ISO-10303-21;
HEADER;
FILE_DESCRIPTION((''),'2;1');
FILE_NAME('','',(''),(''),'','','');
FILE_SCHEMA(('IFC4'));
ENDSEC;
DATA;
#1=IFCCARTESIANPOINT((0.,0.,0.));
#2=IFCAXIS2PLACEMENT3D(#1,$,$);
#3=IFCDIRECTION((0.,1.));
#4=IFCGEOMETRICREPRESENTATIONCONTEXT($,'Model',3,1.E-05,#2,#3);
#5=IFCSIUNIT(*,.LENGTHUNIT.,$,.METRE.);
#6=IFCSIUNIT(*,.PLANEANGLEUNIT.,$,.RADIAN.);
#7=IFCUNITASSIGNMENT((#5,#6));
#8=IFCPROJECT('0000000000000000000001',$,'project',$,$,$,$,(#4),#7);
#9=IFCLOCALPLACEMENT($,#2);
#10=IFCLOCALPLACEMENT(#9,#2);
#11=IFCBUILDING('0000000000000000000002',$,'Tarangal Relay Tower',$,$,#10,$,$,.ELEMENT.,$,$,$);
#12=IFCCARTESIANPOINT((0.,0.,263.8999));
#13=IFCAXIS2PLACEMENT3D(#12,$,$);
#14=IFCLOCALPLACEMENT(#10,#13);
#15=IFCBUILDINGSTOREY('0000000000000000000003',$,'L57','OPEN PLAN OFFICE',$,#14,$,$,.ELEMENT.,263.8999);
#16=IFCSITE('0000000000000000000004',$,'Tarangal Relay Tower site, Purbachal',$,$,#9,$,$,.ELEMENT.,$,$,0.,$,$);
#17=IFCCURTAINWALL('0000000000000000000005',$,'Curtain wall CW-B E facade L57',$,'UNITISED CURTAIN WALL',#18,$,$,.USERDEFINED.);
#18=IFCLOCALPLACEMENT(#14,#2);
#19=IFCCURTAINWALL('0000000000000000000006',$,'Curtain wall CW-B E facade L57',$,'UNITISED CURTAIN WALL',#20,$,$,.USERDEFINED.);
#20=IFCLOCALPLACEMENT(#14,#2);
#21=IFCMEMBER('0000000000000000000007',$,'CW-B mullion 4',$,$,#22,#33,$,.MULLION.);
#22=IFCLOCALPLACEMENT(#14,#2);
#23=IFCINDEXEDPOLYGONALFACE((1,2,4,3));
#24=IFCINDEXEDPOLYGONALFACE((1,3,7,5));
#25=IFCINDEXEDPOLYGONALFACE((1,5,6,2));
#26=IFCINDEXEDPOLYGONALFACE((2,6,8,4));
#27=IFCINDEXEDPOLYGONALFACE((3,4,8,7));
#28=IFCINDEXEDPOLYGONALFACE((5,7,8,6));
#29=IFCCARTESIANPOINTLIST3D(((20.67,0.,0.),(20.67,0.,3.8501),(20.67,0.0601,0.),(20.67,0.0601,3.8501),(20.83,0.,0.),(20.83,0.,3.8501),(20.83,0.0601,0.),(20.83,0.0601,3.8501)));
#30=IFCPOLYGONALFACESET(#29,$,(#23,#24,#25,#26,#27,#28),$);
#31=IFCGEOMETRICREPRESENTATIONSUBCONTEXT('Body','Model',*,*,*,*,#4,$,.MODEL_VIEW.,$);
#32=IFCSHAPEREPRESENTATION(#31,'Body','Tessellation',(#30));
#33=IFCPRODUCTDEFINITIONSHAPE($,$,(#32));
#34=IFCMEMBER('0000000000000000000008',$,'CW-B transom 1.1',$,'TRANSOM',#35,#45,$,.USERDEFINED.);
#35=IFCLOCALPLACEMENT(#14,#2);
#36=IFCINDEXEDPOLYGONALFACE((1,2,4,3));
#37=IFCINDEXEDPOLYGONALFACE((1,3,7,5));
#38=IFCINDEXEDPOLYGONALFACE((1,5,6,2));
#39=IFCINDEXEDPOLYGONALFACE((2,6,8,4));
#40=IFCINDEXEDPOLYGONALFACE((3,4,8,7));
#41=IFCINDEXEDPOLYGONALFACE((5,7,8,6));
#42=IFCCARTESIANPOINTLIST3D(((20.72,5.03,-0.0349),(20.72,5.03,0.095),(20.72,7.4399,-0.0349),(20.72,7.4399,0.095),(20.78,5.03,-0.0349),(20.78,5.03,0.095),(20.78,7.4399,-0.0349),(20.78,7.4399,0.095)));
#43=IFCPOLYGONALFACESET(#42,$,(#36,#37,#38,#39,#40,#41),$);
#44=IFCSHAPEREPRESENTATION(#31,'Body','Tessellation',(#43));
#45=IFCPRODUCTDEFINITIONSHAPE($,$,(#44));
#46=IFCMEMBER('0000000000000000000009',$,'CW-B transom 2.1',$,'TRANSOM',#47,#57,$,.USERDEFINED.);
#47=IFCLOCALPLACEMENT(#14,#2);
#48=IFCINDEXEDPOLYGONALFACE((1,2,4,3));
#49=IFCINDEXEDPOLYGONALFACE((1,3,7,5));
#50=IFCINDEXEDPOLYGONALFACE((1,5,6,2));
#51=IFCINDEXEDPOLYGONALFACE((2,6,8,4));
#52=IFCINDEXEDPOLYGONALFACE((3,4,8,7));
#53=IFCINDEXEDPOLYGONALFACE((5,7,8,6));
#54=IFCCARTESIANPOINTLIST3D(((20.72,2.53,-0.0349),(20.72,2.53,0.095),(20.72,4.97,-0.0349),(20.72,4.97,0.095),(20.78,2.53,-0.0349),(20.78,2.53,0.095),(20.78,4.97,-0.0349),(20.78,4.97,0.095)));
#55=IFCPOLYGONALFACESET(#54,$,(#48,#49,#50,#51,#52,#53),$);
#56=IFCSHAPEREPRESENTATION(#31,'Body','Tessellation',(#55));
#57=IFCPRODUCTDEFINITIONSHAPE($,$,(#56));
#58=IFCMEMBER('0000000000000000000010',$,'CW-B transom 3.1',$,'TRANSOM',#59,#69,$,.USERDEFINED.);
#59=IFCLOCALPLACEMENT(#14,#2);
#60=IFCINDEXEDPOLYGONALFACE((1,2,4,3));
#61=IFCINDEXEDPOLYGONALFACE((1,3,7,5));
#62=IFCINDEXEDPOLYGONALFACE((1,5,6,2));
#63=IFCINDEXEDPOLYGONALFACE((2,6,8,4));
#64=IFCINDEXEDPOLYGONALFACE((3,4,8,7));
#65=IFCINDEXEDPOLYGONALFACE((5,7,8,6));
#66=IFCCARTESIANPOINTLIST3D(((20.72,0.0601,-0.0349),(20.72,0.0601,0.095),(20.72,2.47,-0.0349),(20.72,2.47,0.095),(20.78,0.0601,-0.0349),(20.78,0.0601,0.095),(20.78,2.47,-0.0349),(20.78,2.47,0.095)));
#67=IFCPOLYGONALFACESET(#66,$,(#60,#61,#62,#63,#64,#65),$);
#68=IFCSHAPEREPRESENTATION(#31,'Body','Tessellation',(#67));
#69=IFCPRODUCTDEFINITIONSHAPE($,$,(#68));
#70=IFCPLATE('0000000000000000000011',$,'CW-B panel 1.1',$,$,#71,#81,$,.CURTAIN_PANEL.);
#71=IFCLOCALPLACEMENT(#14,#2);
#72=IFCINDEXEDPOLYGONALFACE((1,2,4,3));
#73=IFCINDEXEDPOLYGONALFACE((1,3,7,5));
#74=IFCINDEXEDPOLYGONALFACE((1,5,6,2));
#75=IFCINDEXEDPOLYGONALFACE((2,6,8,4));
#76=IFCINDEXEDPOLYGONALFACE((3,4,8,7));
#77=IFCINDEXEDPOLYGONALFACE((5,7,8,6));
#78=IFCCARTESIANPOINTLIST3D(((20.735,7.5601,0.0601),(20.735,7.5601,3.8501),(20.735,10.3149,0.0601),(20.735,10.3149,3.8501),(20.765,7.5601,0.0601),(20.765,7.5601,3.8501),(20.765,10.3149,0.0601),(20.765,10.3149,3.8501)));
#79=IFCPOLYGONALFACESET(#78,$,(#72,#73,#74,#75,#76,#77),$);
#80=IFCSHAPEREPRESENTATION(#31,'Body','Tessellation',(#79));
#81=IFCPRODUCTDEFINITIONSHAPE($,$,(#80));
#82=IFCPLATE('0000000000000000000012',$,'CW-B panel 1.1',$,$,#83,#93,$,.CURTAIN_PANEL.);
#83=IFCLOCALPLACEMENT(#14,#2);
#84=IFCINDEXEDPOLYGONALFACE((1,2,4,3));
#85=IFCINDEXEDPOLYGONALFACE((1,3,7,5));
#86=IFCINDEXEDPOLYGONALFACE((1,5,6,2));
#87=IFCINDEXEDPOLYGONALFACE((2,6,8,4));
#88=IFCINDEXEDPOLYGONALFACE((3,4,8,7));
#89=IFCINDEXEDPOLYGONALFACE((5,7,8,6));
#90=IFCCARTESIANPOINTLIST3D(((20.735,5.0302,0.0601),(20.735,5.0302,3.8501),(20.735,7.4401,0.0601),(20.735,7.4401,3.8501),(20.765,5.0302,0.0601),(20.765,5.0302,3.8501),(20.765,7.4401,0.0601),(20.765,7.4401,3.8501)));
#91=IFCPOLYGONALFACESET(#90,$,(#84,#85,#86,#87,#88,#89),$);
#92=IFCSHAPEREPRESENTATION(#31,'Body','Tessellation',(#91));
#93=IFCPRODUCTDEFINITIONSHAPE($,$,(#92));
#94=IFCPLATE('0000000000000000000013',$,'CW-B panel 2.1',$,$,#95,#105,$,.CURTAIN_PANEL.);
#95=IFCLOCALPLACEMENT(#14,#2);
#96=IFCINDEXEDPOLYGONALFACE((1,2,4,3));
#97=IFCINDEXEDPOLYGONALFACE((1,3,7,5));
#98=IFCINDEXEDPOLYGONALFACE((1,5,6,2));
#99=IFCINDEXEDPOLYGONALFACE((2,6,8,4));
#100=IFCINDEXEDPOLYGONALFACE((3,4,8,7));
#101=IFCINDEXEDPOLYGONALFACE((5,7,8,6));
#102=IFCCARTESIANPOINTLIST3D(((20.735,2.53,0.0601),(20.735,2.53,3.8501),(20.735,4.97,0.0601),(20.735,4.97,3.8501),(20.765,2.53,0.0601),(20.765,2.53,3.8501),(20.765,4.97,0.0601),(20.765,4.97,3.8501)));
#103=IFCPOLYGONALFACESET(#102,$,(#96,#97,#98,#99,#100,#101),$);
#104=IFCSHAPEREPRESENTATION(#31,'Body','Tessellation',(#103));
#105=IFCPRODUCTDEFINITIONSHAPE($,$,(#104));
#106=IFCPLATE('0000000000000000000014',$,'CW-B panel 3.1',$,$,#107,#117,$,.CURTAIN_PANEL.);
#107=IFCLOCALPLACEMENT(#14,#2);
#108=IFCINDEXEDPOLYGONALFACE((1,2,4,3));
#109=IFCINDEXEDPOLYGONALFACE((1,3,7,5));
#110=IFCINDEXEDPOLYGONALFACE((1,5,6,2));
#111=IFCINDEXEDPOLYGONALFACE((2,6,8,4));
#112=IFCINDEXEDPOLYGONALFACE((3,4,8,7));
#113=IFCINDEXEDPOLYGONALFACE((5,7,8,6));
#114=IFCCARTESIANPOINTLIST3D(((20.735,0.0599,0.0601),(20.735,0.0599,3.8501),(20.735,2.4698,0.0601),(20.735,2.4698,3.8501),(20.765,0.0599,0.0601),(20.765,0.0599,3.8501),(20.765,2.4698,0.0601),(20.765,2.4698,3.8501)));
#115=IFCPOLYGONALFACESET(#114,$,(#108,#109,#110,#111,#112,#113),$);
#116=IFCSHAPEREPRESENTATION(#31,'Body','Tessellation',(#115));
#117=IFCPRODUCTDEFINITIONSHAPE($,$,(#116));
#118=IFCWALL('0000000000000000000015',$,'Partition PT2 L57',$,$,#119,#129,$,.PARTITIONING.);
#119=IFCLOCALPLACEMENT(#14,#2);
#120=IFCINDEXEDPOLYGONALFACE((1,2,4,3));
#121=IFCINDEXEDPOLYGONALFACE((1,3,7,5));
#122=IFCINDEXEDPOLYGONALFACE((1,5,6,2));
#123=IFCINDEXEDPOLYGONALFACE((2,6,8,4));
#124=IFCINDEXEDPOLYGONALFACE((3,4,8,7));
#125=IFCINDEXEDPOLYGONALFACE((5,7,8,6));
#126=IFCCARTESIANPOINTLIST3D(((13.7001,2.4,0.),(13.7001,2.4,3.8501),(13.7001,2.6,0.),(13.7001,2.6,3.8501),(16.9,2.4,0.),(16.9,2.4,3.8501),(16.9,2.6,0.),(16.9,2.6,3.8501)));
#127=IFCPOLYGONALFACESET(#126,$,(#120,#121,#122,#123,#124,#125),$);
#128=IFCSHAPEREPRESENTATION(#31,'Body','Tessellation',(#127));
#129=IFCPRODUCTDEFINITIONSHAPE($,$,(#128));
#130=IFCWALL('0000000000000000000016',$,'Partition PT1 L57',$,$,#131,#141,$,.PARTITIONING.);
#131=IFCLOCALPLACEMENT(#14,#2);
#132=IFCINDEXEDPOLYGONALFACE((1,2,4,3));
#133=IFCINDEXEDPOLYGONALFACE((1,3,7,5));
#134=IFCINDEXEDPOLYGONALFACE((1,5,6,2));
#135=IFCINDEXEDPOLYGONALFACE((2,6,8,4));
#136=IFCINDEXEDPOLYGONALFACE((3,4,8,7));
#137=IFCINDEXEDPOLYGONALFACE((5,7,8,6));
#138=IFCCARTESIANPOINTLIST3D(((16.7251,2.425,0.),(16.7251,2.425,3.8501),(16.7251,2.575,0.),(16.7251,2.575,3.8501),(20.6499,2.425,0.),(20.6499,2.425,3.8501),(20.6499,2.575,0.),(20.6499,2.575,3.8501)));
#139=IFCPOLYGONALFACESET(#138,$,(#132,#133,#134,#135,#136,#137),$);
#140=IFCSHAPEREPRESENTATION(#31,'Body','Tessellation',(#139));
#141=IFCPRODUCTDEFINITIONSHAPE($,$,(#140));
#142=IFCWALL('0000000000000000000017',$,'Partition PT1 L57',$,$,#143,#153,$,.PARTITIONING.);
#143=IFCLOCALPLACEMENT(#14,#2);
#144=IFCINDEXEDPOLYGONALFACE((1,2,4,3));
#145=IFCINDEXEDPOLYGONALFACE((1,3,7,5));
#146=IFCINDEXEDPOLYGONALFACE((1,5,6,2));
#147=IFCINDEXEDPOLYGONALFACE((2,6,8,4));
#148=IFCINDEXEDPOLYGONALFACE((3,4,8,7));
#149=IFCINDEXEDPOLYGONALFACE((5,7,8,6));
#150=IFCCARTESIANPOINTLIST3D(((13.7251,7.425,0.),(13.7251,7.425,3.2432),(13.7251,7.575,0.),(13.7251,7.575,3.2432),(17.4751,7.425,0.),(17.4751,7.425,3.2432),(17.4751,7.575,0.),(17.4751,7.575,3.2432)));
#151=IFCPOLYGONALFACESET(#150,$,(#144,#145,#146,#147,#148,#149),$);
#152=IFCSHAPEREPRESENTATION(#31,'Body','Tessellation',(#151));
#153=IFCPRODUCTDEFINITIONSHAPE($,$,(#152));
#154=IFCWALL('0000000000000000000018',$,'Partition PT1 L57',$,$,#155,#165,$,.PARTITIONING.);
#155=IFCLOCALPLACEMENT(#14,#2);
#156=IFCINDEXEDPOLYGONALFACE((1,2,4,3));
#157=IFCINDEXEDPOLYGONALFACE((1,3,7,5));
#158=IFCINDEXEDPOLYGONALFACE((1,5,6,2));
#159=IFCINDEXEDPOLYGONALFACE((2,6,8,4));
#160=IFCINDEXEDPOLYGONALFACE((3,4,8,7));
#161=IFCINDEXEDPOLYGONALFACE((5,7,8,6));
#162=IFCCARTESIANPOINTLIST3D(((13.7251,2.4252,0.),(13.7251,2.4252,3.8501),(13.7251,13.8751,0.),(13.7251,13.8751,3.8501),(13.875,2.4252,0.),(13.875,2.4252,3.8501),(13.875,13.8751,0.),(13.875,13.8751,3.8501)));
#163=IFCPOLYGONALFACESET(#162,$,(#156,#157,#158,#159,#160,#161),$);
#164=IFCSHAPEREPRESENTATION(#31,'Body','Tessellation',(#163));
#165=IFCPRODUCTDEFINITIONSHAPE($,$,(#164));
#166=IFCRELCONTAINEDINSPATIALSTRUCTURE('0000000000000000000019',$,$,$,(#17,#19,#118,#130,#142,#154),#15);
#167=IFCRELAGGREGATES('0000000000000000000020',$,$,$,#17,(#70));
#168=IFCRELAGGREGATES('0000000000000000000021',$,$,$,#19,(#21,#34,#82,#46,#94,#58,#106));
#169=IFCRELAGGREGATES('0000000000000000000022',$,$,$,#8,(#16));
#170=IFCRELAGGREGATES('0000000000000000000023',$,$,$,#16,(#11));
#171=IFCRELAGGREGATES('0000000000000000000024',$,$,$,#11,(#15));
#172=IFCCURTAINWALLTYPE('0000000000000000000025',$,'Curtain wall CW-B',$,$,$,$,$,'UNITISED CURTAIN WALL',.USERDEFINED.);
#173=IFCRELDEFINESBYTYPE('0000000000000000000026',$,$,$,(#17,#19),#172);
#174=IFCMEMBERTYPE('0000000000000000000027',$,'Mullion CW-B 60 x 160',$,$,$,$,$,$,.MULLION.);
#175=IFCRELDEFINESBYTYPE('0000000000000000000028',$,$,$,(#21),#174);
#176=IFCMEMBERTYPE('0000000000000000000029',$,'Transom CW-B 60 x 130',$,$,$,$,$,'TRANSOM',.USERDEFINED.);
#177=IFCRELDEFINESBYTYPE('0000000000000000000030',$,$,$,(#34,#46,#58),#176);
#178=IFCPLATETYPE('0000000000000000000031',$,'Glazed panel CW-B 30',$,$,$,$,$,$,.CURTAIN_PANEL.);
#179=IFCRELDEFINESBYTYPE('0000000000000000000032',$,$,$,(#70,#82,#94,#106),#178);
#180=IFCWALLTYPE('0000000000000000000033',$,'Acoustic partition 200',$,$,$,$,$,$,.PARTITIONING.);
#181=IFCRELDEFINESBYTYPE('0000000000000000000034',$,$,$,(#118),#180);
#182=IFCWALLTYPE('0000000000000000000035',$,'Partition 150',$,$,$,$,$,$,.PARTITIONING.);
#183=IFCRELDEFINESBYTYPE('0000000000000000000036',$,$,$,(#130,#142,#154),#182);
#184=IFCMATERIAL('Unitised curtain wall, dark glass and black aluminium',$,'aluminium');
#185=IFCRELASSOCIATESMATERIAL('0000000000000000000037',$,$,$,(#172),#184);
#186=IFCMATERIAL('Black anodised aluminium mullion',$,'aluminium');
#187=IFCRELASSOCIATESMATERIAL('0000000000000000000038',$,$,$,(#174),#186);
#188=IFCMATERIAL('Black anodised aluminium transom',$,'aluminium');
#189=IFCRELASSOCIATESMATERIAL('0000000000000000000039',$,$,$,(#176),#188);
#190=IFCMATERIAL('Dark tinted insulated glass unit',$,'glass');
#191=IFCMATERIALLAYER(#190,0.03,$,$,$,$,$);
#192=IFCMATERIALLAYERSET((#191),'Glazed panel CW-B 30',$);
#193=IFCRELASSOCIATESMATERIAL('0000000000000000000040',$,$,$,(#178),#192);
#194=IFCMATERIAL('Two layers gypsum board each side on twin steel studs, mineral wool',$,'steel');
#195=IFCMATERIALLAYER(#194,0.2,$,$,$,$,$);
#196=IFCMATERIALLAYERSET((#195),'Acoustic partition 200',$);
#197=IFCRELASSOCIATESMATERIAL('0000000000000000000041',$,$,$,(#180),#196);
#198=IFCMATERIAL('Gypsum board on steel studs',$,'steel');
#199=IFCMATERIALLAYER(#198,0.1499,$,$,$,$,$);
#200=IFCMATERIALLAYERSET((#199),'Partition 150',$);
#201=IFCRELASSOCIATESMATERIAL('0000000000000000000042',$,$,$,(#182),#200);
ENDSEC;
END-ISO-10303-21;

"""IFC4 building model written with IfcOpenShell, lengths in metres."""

from ifc_helpers import new_model, si_unit, direction, frame, frame_2d, origin, origin_2d, place, context, subcontext, project, spatial, rectangle, extrude, material, layer, layer_set, material_profile, profile_set, type_object, element, aggregate, save


model = new_model("IFC4")

# Units and contexts
model_context = context("Model", 3, precision=1e-05, world=origin(), true_north=direction((0.0, 1.0)))
body_context = subcontext(model_context, "Body", "Model", "MODEL_VIEW")
ifc_project = project(units=[si_unit("LENGTHUNIT", "METRE"), si_unit("PLANEANGLEUNIT", "RADIAN")], contexts=[model_context])

# Site, building, storey
site_placement = place(None, origin())
site = spatial("IfcSite", under=ifc_project, at=site_placement, Name="Tarangal Relay Tower site, Purbachal", CompositionType="ELEMENT", RefElevation=0.0)
building_placement = place(site_placement, origin())
building = spatial("IfcBuilding", under=site, at=building_placement, Name="Tarangal Relay Tower", CompositionType="ELEMENT")
storey_placement = place(building_placement, frame((0.0, 0.0, 263.8999)))
storey = spatial("IfcBuildingStorey", under=building, at=storey_placement, Name="L57", Description="OPEN PLAN OFFICE", CompositionType="ELEMENT", Elevation=263.8999)

# Curtain wall
ifc_material_1 = material(Name="Unitised curtain wall, dark glass and black aluminium", Category="aluminium")
curtain_wall_type = type_object("IfcCurtainWallType", Name="Curtain wall CW-B", ElementType="UNITISED CURTAIN WALL", PredefinedType="USERDEFINED", material=ifc_material_1)
curtain_wall_1_placement = place(storey_placement, origin())
curtain_wall_1 = element("IfcCurtainWall", 1, at=curtain_wall_1_placement, inside=storey, type_object=curtain_wall_type, Name="Curtain wall CW-B E facade L57", ObjectType="UNITISED CURTAIN WALL", PredefinedType="USERDEFINED")
ifc_material_2 = material(Name="Black anodised aluminium mullion", Category="aluminium")
ifc_material_profile_1 = material_profile(ifc_material_2, rectangle(XDim=0.1599, YDim=0.0601, at=origin_2d()), Name="CW-BM 60X160")
ifc_profile_set_1 = profile_set([ifc_material_profile_1], Name="Black anodised aluminium mullion")
member_type_1 = type_object("IfcMemberType", Name="Mullion CW-B 60 x 160", PredefinedType="MULLION", material=ifc_profile_set_1)

# Curtain wall, members
curtain_wall_2_placement = place(storey_placement, origin())
curtain_wall_2 = element("IfcCurtainWall", 2, at=curtain_wall_2_placement, inside=storey, type_object=curtain_wall_type, Name="Curtain wall CW-B E facade L57", ObjectType="UNITISED CURTAIN WALL", PredefinedType="USERDEFINED")
member_1_placement = place(storey_placement, frame((20.75, 0.03, 0.0), z_axis=(0.0, 0.0, 1.0), x_axis=(1.0, 0.0, 0.0)))
member_1 = element("IfcMember", 3, at=member_1_placement, type_object=member_type_1, Name="CW-B mullion 4", PredefinedType="MULLION", context=body_context, shape_type="SweptSolid", body=[
    extrude(rectangle(XDim=0.1599, YDim=0.0601, at=origin_2d()), origin(), (0.0, 0.0, 1.0), 3.8501),
])
ifc_material_3 = material(Name="Black anodised aluminium transom", Category="aluminium")
ifc_material_profile_2 = material_profile(ifc_material_3, rectangle(XDim=0.0601, YDim=0.1299, at=origin_2d()), Name="CW-BT 60X130")
ifc_profile_set_2 = profile_set([ifc_material_profile_2], Name="Black anodised aluminium transom")
member_type_2 = type_object("IfcMemberType", Name="Transom CW-B 60 x 130", ElementType="TRANSOM", PredefinedType="USERDEFINED", material=ifc_profile_set_2)
member_2_placement = place(storey_placement, frame((20.75, 7.4399, 0.03), z_axis=(0.0, -1.0, 0.0), x_axis=(1.0, 0.0, 0.0)))
member_2 = element("IfcMember", 4, at=member_2_placement, type_object=member_type_2, Name="CW-B transom 1.1", ObjectType="TRANSOM", PredefinedType="USERDEFINED", context=body_context, shape_type="SweptSolid", body=[
    extrude(rectangle(XDim=0.0601, YDim=0.1299, at=origin_2d()), origin(), (0.0, 0.0, 1.0), 2.4099),
])
member_3_placement = place(storey_placement, frame((20.75, 4.97, 0.03), z_axis=(0.0, -1.0, 0.0), x_axis=(1.0, 0.0, 0.0)))
member_3 = element("IfcMember", 5, at=member_3_placement, type_object=member_type_2, Name="CW-B transom 2.1", ObjectType="TRANSOM", PredefinedType="USERDEFINED", context=body_context, shape_type="SweptSolid", body=[
    extrude(rectangle(XDim=0.0601, YDim=0.1299, at=origin_2d()), origin(), (0.0, 0.0, 1.0), 2.4399),
])
member_4_placement = place(storey_placement, frame((20.75, 2.47, 0.03), z_axis=(0.0, -1.0, 0.0), x_axis=(1.0, 0.0, 0.0)))
member_4 = element("IfcMember", 6, at=member_4_placement, type_object=member_type_2, Name="CW-B transom 3.1", ObjectType="TRANSOM", PredefinedType="USERDEFINED", context=body_context, shape_type="SweptSolid", body=[
    extrude(rectangle(XDim=0.0601, YDim=0.1299, at=origin_2d()), origin(), (0.0, 0.0, 1.0), 2.4099),
])

# Plates
ifc_material_4 = material(Name="Dark tinted insulated glass unit", Category="glass")
ifc_layer_1 = layer(ifc_material_4, 0.03)
ifc_layer_set_1 = layer_set([ifc_layer_1], Name="Glazed panel CW-B 30")
plate_type = type_object("IfcPlateType", Name="Glazed panel CW-B 30", PredefinedType="CURTAIN_PANEL", material=ifc_layer_set_1)
plate_1_placement = place(storey_placement, frame((20.75, 8.9375, 0.0601), z_axis=(0.0, 0.0, 1.0), x_axis=(0.0, -1.0, 0.0)))
plate_1 = element("IfcPlate", 7, at=plate_1_placement, type_object=plate_type, Name="CW-B panel 1.1", PredefinedType="CURTAIN_PANEL", context=body_context, shape_type="SweptSolid", body=[
    extrude(rectangle(XDim=2.7549, YDim=0.03, at=origin_2d()), origin(), (0.0, 0.0, 1.0), 3.79),
])
aggregate(curtain_wall_1, [plate_1])
plate_2_placement = place(storey_placement, frame((20.75, 6.2351, 0.0601), z_axis=(0.0, 0.0, 1.0), x_axis=(0.0, -1.0, 0.0)))
plate_2 = element("IfcPlate", 8, at=plate_2_placement, type_object=plate_type, Name="CW-B panel 1.1", PredefinedType="CURTAIN_PANEL", context=body_context, shape_type="SweptSolid", body=[
    extrude(rectangle(XDim=2.4099, YDim=0.03, at=origin_2d()), origin(), (0.0, 0.0, 1.0), 3.79),
])
plate_3_placement = place(storey_placement, frame((20.75, 3.75, 0.0601), z_axis=(0.0, 0.0, 1.0), x_axis=(0.0, -1.0, 0.0)))
plate_3 = element("IfcPlate", 9, at=plate_3_placement, type_object=plate_type, Name="CW-B panel 2.1", PredefinedType="CURTAIN_PANEL", context=body_context, shape_type="SweptSolid", body=[
    extrude(rectangle(XDim=2.4399, YDim=0.03, at=origin_2d()), origin(), (0.0, 0.0, 1.0), 3.79),
])
plate_4_placement = place(storey_placement, frame((20.75, 1.2649, 0.0601), z_axis=(0.0, 0.0, 1.0), x_axis=(0.0, -1.0, 0.0)))
plate_4 = element("IfcPlate", 10, at=plate_4_placement, type_object=plate_type, Name="CW-B panel 3.1", PredefinedType="CURTAIN_PANEL", context=body_context, shape_type="SweptSolid", body=[
    extrude(rectangle(XDim=2.4099, YDim=0.03, at=origin_2d()), origin(), (0.0, 0.0, 1.0), 3.79),
])
aggregate(curtain_wall_2, [member_1, member_2, plate_2, member_3, plate_3, member_4, plate_4])

# Walls
ifc_material_5 = material(Name="Two layers gypsum board each side on twin steel studs, mineral wool", Category="steel")
ifc_layer_2 = layer(ifc_material_5, 0.2)
ifc_layer_set_2 = layer_set([ifc_layer_2], Name="Acoustic partition 200")
wall_type_1 = type_object("IfcWallType", Name="Acoustic partition 200", PredefinedType="PARTITIONING", material=ifc_layer_set_2)
wall_1_placement = place(storey_placement, frame((13.7, 2.5, 0.0), z_axis=(0.0, 0.0, 1.0), x_axis=(1.0, 0.0, 0.0)))
element("IfcWall", 11, at=wall_1_placement, inside=storey, type_object=wall_type_1, Name="Partition PT2 L57", PredefinedType="PARTITIONING", context=body_context, shape_type="SweptSolid", body=[
    extrude(rectangle(XDim=3.2, YDim=0.2, at=frame_2d((1.6001, 0.0))), origin(), (0.0, 0.0, 1.0), 3.8501),
])
ifc_material_6 = material(Name="Gypsum board on steel studs", Category="steel")
ifc_layer_3 = layer(ifc_material_6, 0.1499)
ifc_layer_set_3 = layer_set([ifc_layer_3], Name="Partition 150")
wall_type_2 = type_object("IfcWallType", Name="Partition 150", PredefinedType="PARTITIONING", material=ifc_layer_set_3)
wall_2_placement = place(storey_placement, frame((16.7251, 2.5, 0.0), z_axis=(0.0, 0.0, 1.0), x_axis=(1.0, 0.0, 0.0)))
element("IfcWall", 12, at=wall_2_placement, inside=storey, type_object=wall_type_2, Name="Partition PT1 L57", PredefinedType="PARTITIONING", context=body_context, shape_type="SweptSolid", body=[
    extrude(rectangle(XDim=3.9248, YDim=0.1499, at=frame_2d((1.9624, 0.0))), origin(), (0.0, 0.0, 1.0), 3.8501),
])
wall_3_placement = place(storey_placement, frame((13.7251, 7.5, 0.0), z_axis=(0.0, 0.0, 1.0), x_axis=(1.0, 0.0, 0.0)))
element("IfcWall", 13, at=wall_3_placement, inside=storey, type_object=wall_type_2, Name="Partition PT1 L57", PredefinedType="PARTITIONING", context=body_context, shape_type="SweptSolid", body=[
    extrude(rectangle(XDim=3.75, YDim=0.1499, at=frame_2d((1.875, 0.0))), origin(), (0.0, 0.0, 1.0), 3.2432),
])
wall_4_placement = place(storey_placement, frame((13.8, 2.425, 0.0), z_axis=(0.0, 0.0, 1.0), x_axis=(0.0, 1.0, 0.0)))
element("IfcWall", 14, at=wall_4_placement, inside=storey, type_object=wall_type_2, Name="Partition PT1 L57", PredefinedType="PARTITIONING", context=body_context, shape_type="SweptSolid", body=[
    extrude(rectangle(XDim=11.45, YDim=0.1499, at=frame_2d((5.7251, 0.0))), origin(), (0.0, 0.0, 1.0), 3.8501),
])

save(model, "model.ifc")
